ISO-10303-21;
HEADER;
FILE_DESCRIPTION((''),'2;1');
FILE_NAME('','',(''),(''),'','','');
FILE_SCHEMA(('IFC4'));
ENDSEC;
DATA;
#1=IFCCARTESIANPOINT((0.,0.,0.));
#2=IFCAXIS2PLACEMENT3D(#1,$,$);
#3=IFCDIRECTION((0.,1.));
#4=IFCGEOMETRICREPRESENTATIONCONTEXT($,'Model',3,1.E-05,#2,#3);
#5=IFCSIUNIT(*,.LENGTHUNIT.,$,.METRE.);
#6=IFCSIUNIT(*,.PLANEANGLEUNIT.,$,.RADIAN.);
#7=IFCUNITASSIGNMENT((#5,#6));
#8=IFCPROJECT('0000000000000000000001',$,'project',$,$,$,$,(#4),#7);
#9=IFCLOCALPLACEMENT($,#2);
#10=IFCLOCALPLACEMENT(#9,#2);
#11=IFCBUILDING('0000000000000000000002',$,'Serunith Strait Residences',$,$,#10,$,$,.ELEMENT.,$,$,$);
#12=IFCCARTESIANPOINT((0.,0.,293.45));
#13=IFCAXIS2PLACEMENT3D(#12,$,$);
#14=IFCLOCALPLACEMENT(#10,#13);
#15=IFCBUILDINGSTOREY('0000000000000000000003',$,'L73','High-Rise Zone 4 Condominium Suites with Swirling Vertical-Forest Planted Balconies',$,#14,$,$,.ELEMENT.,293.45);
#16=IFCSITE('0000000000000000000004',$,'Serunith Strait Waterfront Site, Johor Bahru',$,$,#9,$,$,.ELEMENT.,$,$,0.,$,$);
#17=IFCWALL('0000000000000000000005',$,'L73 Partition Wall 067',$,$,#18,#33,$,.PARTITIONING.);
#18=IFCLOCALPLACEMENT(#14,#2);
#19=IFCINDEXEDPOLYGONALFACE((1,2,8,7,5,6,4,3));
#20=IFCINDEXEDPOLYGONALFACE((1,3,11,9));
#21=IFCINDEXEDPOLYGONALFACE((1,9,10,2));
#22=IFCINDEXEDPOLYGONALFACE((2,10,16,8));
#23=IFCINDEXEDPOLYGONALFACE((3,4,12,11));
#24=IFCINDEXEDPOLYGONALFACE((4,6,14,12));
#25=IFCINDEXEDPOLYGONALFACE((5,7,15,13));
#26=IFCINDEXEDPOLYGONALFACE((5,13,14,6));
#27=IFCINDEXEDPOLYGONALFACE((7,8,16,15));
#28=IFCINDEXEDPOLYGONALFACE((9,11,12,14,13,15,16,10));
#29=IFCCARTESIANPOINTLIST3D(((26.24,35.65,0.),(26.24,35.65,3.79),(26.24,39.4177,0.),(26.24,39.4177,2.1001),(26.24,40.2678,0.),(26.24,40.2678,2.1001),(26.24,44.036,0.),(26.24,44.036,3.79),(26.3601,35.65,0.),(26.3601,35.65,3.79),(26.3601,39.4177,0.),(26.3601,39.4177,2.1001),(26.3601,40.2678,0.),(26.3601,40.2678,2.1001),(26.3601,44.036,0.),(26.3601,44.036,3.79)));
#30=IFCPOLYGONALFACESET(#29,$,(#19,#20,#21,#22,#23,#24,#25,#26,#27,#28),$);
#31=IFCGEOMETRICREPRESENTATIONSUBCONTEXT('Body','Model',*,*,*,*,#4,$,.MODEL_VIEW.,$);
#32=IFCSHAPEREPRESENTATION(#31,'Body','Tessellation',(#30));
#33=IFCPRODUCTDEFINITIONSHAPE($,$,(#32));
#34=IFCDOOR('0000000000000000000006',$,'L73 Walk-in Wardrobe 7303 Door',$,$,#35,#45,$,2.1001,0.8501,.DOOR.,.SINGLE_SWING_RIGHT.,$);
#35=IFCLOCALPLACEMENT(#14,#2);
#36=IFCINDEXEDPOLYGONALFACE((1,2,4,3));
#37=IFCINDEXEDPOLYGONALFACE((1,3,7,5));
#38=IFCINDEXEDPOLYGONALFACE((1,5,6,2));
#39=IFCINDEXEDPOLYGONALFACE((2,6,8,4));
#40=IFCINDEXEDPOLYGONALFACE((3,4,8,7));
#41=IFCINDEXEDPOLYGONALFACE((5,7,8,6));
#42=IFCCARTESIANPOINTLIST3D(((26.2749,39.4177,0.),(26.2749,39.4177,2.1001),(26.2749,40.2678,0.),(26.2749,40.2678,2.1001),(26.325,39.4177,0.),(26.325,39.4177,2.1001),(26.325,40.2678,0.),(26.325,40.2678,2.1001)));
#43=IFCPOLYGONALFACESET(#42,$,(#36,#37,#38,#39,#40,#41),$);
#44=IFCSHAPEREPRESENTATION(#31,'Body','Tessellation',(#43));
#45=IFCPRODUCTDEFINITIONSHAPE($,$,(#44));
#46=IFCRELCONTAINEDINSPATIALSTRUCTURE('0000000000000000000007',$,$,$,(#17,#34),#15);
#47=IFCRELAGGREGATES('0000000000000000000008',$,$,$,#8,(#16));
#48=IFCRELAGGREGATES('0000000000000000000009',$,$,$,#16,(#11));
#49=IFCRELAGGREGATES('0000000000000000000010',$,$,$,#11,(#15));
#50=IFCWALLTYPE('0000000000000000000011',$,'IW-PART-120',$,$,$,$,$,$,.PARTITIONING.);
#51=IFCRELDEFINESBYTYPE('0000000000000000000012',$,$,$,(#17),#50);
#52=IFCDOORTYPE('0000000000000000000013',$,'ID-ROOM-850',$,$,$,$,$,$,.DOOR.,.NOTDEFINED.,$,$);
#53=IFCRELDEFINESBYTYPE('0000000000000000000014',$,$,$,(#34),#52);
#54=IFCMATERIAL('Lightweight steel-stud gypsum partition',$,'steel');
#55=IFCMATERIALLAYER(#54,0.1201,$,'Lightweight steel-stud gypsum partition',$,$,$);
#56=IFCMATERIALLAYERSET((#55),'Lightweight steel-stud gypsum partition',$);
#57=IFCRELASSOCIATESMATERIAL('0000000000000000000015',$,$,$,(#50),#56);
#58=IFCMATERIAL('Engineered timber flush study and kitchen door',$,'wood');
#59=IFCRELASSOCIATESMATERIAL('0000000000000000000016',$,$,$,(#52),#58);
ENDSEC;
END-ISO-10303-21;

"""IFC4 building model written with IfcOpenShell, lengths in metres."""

from ifc_helpers import new_model, si_unit, direction, frame, frame_2d, origin, place, context, subcontext, project, spatial, rectangle, extrude, source, transform, mapped, material, layer, layer_set, type_object, element, fill, save


model = new_model("IFC4")

# Units and contexts
model_context = context("Model", 3, precision=1e-05, world=origin(), true_north=direction((0.0, 1.0)))
body_context = subcontext(model_context, "Body", "Model", "MODEL_VIEW")
ifc_project = project(units=[si_unit("LENGTHUNIT", "METRE"), si_unit("PLANEANGLEUNIT", "RADIAN")], contexts=[model_context])

# Site, building, storey
site_placement = place(None, origin())
site = spatial("IfcSite", under=ifc_project, at=site_placement, Name="Serunith Strait Waterfront Site, Johor Bahru", CompositionType="ELEMENT", RefElevation=0.0)
building_placement = place(site_placement, origin())
building = spatial("IfcBuilding", under=site, at=building_placement, Name="Serunith Strait Residences", CompositionType="ELEMENT")
storey_placement = place(building_placement, frame((0.0, 0.0, 293.45)))
storey = spatial("IfcBuildingStorey", under=building, at=storey_placement, Name="L73", Description="High-Rise Zone 4 Condominium Suites with Swirling Vertical-Forest Planted Balconies", CompositionType="ELEMENT", Elevation=293.45)

# Shared definitions
ifc_material_1 = material(Name="Lightweight steel-stud gypsum partition", Category="steel")
ifc_layer_1 = layer(ifc_material_1, 0.1201, Name="Lightweight steel-stud gypsum partition")
ifc_layer_set_1 = layer_set([ifc_layer_1], Name="Lightweight steel-stud gypsum partition")
wall_type = type_object("IfcWallType", Name="IW-PART-120", PredefinedType="PARTITIONING", material=ifc_layer_set_1)
ifc_material_2 = material(Name="Engineered timber flush study and kitchen door", Category="wood")
door_type_1 = type_object("IfcDoorType", Name="ID-ROOM-850", OperationType="NOTDEFINED", PredefinedType="DOOR", material=ifc_material_2)
shared_shape_1 = source(origin(), body_context, "Body", "SweptSolid", [
    extrude(rectangle(XDim=0.8501, YDim=2.1001, at=frame_2d((0.425, 1.05))), frame((0.0, 0.0249, 0.0), z_axis=(0.0, -1.0, 0.0), x_axis=(1.0, 0.0, 0.0)), (0.0, 0.0, 1.0), 0.05),
])

# Wall, opening, door
wall_1_placement = place(storey_placement, frame((26.3, 44.0359, 0.0), z_axis=(0.0, 0.0, 1.0), x_axis=(0.0, -1.0, 0.0)))
wall_1 = element("IfcWall", 1, at=wall_1_placement, inside=storey, type_object=wall_type, Name="L73 Partition Wall 067", PredefinedType="PARTITIONING", context=body_context, shape_type="SweptSolid", body=[
    extrude(rectangle(XDim=8.386, YDim=0.1201, at=frame_2d((4.1929, 0.0))), origin(), (0.0, 0.0, 1.0), 3.79),
])
opening_1_placement = place(wall_1_placement, frame((3.7681, 0.0, 0.0)))
opening_1 = element("IfcOpeningElement", 2, at=opening_1_placement, cuts=wall_1, PredefinedType="OPENING", context=body_context, shape_type="SweptSolid", body=[
    extrude(rectangle(XDim=0.8501, YDim=2.1001, at=frame_2d((0.425, 1.05))), frame((0.0, 0.0701, 0.0), z_axis=(0.0, -1.0, 0.0), x_axis=(1.0, 0.0, 0.0)), (0.0, 0.0, 1.0), 0.1401),
])
door_1_placement = place(opening_1_placement, origin())
door_1 = element("IfcDoor", 3, at=door_1_placement, inside=storey, type_object=door_type_1, Name="L73 Walk-in Wardrobe 7303 Door", OperationType="SINGLE_SWING_RIGHT", OverallHeight=2.1001, OverallWidth=0.8501, PredefinedType="DOOR", context=body_context, shape_type="MappedRepresentation", body=[
    mapped(shared_shape_1, transform((0.0, 0.0, 0.0), scale=1.0)),
])
fill(opening_1, door_1)

save(model, "model.ifc")
